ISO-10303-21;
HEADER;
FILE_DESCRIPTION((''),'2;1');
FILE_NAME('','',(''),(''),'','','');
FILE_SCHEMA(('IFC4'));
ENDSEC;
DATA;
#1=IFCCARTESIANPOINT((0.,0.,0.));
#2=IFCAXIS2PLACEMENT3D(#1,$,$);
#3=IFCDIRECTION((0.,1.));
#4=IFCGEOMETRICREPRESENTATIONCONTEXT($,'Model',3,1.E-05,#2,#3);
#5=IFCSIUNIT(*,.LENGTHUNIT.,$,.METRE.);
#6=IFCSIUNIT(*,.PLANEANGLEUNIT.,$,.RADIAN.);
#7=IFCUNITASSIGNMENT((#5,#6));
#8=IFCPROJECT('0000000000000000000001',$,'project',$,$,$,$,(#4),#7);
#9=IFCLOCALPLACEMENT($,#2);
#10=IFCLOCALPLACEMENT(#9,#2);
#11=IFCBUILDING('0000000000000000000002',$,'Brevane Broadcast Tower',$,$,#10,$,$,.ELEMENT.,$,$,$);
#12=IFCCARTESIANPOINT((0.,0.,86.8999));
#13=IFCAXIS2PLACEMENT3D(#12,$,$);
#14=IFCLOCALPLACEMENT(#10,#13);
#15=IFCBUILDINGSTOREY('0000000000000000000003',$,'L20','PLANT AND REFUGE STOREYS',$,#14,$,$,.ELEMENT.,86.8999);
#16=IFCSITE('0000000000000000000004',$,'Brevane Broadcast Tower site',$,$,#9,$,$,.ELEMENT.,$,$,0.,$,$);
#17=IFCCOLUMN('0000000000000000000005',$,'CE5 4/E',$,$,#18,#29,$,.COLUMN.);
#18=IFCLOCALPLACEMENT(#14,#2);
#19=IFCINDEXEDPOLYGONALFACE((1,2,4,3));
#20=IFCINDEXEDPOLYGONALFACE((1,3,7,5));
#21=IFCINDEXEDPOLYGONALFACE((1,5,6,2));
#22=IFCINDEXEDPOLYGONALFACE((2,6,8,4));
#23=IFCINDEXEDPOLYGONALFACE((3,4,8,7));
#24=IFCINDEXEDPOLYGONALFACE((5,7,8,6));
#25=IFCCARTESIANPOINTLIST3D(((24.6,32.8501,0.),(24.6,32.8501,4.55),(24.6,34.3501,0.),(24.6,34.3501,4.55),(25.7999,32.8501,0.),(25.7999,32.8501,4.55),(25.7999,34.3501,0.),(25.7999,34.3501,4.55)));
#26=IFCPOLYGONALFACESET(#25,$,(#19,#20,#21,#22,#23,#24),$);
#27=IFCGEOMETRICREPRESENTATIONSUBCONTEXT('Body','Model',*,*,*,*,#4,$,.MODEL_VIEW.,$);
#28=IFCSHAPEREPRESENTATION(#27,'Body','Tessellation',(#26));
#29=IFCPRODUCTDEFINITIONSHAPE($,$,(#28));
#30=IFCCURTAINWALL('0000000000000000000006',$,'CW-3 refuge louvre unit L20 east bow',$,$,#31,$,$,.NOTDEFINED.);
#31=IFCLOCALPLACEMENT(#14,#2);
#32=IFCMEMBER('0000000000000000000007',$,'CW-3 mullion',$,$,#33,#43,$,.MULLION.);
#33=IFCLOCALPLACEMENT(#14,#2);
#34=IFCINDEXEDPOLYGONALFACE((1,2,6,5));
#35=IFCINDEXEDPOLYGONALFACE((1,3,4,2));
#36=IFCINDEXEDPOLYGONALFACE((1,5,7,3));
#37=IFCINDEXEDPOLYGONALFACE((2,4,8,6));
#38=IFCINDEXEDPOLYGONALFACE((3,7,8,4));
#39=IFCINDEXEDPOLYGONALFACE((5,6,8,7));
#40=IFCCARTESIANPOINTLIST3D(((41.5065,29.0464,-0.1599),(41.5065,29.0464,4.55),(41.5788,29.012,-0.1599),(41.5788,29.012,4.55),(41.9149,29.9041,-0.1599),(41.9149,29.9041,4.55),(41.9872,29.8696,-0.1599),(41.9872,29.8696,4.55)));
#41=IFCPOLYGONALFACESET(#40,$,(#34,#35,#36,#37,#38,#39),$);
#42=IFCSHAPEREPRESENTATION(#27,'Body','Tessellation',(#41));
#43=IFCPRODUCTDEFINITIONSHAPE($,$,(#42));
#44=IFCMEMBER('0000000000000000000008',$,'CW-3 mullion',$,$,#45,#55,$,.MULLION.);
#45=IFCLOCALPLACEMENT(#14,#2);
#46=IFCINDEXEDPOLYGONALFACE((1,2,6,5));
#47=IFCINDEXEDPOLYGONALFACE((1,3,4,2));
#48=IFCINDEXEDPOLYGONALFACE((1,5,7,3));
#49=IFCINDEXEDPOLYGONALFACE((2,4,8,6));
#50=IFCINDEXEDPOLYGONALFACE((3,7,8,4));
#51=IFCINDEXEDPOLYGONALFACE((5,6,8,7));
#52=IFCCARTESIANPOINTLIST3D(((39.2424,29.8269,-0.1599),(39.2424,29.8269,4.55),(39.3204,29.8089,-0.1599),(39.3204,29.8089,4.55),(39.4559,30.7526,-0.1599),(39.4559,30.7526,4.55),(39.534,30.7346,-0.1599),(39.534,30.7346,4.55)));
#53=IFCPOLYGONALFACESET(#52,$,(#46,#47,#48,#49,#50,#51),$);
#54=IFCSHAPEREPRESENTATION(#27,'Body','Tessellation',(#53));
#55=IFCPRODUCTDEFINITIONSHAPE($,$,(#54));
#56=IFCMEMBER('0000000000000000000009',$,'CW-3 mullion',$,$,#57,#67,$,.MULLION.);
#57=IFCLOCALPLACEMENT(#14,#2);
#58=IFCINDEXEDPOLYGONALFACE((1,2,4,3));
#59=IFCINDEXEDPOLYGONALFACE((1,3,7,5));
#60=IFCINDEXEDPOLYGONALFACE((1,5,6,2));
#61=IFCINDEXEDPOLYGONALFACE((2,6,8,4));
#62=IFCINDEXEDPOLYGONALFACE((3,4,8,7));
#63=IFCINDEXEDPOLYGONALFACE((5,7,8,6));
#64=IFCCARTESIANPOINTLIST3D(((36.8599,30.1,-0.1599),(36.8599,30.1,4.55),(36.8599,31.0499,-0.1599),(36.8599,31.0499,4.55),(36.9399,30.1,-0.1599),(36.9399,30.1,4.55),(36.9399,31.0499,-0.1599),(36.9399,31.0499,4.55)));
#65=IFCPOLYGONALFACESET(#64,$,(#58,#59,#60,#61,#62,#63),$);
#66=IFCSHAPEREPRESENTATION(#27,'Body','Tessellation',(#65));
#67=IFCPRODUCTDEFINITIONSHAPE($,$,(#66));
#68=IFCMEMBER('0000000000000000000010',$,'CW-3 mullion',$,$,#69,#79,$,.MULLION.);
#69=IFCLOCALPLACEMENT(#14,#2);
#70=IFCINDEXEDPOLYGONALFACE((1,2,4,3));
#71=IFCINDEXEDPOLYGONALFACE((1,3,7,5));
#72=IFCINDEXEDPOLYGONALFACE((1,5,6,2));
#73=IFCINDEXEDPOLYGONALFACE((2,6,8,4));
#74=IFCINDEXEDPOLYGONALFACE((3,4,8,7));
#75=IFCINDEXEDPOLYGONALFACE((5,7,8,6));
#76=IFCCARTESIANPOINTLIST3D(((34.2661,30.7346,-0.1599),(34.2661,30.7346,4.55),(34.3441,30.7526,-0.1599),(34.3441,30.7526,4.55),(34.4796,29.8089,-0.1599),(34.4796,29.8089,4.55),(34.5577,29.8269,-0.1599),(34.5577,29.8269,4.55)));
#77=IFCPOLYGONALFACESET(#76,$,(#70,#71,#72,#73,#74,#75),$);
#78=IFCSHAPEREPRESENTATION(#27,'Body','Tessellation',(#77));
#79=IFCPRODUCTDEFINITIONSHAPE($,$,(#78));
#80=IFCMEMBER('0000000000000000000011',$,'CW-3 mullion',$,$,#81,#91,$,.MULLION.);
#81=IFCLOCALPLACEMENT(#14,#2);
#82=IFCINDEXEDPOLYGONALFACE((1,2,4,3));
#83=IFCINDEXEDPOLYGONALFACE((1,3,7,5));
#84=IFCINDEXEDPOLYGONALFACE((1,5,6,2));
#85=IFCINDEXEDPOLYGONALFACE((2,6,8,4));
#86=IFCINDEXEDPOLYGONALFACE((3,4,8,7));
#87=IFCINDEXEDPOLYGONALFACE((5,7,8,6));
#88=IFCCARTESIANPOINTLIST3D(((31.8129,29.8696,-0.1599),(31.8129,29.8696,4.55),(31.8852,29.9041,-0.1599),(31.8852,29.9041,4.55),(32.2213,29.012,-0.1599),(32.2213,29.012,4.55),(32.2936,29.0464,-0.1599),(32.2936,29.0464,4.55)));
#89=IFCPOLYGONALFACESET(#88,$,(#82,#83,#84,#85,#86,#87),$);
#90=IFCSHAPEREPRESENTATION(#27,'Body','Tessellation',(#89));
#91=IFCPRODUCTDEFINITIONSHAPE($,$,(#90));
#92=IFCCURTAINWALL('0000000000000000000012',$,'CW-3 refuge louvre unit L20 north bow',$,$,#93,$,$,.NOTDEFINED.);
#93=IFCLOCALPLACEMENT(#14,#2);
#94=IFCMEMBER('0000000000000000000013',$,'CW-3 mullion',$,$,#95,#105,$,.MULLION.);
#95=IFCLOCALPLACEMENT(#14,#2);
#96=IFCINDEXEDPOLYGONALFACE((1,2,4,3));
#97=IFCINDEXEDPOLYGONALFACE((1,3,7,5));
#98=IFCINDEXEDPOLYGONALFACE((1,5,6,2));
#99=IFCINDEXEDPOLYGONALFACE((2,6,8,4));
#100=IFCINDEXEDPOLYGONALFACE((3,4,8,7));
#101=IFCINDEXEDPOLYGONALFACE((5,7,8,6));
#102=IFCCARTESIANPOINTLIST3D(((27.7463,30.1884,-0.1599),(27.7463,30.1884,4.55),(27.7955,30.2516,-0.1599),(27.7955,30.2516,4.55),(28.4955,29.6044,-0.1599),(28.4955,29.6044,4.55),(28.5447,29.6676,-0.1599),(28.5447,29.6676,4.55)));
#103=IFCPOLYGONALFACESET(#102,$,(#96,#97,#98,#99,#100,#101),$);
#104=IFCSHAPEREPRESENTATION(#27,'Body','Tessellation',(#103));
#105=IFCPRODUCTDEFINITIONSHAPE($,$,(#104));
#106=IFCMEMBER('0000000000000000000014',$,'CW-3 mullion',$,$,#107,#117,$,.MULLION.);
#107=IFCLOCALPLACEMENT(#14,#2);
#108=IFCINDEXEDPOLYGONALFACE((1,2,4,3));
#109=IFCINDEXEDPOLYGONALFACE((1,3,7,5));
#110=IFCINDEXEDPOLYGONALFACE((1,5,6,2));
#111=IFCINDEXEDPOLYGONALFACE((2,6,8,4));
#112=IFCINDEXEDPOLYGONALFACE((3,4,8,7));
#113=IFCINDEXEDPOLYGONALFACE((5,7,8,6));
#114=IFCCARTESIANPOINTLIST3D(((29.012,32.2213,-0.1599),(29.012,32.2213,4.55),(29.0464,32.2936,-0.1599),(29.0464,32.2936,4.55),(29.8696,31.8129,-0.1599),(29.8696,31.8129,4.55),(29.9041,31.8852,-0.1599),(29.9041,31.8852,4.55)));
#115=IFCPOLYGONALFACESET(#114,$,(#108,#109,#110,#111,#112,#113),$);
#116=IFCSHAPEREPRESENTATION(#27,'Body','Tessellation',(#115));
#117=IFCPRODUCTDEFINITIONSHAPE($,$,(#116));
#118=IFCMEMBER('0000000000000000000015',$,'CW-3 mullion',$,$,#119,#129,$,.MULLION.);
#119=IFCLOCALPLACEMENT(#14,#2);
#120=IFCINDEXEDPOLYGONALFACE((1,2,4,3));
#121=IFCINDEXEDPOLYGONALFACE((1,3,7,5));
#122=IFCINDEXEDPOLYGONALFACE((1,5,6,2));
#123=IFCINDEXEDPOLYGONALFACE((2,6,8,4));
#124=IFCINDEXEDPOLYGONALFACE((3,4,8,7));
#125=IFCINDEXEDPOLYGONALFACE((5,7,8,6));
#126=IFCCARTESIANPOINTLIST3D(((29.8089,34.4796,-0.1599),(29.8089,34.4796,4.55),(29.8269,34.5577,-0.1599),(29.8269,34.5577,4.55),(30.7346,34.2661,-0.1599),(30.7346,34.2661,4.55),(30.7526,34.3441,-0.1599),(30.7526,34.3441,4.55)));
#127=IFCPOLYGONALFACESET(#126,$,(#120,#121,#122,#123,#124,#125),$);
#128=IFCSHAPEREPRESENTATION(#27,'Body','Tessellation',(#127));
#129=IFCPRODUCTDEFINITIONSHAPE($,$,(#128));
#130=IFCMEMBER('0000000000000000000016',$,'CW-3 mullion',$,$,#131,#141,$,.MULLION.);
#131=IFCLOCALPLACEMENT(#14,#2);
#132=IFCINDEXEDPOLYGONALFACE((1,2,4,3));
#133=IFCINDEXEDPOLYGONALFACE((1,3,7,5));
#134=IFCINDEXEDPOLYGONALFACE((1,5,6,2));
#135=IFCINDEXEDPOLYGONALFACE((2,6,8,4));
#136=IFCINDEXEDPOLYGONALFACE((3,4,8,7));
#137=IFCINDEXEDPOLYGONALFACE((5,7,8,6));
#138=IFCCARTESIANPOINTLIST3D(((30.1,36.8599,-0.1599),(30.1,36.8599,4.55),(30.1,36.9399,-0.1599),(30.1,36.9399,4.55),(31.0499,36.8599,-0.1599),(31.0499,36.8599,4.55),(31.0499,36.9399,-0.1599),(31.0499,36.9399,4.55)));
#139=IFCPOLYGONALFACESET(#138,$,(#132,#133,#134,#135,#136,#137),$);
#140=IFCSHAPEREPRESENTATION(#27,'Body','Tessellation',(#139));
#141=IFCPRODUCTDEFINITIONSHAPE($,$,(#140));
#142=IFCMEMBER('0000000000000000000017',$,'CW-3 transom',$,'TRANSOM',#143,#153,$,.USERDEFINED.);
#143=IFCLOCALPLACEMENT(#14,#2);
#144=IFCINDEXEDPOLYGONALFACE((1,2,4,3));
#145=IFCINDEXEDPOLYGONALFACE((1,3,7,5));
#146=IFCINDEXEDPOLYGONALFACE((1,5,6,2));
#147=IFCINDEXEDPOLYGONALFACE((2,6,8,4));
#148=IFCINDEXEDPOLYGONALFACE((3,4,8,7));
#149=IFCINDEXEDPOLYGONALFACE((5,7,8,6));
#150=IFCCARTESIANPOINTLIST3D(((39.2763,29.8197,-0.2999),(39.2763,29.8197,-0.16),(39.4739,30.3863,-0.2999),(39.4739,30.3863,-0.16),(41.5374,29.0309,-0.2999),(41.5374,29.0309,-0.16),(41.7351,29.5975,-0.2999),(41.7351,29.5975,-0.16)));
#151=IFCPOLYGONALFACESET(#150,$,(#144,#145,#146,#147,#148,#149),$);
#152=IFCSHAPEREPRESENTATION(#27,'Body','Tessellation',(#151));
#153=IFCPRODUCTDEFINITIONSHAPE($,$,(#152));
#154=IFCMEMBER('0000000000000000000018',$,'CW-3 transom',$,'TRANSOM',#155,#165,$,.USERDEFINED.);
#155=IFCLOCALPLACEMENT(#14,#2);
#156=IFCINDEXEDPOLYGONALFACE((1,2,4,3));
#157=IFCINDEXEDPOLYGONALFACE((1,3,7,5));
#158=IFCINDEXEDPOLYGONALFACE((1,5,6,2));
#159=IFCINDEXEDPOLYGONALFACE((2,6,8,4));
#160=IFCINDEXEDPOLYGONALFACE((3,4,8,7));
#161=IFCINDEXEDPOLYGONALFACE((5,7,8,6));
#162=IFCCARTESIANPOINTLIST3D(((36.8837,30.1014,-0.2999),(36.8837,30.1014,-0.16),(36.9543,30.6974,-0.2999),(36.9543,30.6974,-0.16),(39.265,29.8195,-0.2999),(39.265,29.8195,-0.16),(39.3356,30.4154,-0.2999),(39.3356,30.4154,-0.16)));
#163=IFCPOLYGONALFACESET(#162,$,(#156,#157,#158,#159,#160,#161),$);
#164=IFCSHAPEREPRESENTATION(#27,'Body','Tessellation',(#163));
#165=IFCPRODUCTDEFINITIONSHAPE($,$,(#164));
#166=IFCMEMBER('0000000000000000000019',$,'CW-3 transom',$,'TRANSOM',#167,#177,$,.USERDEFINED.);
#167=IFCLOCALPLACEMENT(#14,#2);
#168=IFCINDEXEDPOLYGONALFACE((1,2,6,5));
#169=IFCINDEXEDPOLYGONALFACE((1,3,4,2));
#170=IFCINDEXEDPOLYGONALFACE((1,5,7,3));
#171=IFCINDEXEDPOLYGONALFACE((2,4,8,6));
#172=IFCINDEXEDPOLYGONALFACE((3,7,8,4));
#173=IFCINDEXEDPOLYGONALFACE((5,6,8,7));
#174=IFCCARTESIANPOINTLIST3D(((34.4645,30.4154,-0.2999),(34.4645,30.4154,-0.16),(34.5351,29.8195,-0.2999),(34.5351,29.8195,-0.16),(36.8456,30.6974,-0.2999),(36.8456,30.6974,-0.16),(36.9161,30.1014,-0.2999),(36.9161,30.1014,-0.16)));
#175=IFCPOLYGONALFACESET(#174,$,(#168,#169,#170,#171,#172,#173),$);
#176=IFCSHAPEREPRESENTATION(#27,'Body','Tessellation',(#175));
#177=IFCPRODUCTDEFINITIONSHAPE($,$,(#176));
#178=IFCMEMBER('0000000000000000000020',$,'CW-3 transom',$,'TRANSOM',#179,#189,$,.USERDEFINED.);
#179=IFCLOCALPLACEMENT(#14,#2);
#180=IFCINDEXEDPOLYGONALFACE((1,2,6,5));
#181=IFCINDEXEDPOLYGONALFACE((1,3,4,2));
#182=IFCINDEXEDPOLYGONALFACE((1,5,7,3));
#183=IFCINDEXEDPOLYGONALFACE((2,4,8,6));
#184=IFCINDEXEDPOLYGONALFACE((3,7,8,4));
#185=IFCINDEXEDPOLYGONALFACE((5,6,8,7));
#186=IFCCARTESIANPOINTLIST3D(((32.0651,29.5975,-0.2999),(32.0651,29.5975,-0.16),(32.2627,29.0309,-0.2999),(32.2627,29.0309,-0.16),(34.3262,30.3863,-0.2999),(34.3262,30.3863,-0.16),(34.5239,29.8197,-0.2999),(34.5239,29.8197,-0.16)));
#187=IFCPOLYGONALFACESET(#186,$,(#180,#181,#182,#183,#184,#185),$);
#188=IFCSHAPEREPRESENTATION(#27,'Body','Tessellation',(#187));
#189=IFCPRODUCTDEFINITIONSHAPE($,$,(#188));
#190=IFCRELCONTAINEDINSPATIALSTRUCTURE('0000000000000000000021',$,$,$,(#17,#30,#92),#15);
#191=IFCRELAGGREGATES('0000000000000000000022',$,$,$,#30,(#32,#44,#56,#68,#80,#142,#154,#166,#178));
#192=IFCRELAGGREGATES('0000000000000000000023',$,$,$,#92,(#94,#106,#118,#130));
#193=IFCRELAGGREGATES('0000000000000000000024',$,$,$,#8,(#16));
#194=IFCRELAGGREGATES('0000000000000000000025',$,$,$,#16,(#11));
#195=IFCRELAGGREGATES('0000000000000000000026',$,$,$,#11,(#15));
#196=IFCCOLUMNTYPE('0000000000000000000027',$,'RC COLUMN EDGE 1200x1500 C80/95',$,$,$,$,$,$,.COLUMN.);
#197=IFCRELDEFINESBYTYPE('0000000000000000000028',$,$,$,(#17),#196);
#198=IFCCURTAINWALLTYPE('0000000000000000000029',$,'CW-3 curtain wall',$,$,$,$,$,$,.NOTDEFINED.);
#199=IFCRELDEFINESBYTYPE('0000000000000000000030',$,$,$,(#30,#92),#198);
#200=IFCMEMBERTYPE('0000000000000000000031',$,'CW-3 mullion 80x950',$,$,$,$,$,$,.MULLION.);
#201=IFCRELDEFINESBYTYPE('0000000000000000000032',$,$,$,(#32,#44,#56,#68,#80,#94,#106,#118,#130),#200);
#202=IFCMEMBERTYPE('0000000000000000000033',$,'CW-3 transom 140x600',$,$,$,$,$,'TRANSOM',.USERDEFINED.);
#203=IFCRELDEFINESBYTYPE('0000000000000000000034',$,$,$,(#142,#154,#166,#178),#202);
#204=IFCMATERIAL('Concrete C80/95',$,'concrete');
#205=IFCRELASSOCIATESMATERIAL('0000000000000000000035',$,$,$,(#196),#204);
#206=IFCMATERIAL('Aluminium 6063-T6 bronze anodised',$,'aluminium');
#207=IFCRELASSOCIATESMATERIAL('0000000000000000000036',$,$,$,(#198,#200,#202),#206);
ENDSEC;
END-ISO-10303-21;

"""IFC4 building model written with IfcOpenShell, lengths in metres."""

from ifc_helpers import new_model, si_unit, direction, frame, origin, origin_2d, place, context, subcontext, project, spatial, rectangle, extrude, material, material_profile, profile_set, type_object, element, aggregate, save


model = new_model("IFC4")

# Units and contexts
model_context = context("Model", 3, precision=1e-05, world=origin(), true_north=direction((0.0, 1.0)))
body_context = subcontext(model_context, "Body", "Model", "MODEL_VIEW")
ifc_project = project(units=[si_unit("LENGTHUNIT", "METRE"), si_unit("PLANEANGLEUNIT", "RADIAN")], contexts=[model_context])

# Site, building, storey
site_placement = place(None, origin())
site = spatial("IfcSite", under=ifc_project, at=site_placement, Name="Brevane Broadcast Tower site", CompositionType="ELEMENT", RefElevation=0.0)
building_placement = place(site_placement, origin())
building = spatial("IfcBuilding", under=site, at=building_placement, Name="Brevane Broadcast Tower", CompositionType="ELEMENT")
storey_placement = place(building_placement, frame((0.0, 0.0, 86.8999)))
storey = spatial("IfcBuildingStorey", under=building, at=storey_placement, Name="L20", Description="PLANT AND REFUGE STOREYS", CompositionType="ELEMENT", Elevation=86.8999)

# Column
ifc_material_1 = material(Name="Concrete C80/95", Category="concrete")
ifc_material_profile_1 = material_profile(ifc_material_1, rectangle(XDim=1.2, YDim=1.5, at=origin_2d()), Name="RC 1200x1500")
ifc_profile_set_1 = profile_set([ifc_material_profile_1], Name="Concrete C80/95")
column_type = type_object("IfcColumnType", Name="RC COLUMN EDGE 1200x1500 C80/95", PredefinedType="COLUMN", material=ifc_profile_set_1)
column_placement = place(storey_placement, frame((25.2, 33.6001, 0.0), z_axis=(0.0, 0.0, 1.0), x_axis=(1.0, 0.0, 0.0)))
element("IfcColumn", 1, at=column_placement, inside=storey, type_object=column_type, Name="CE5 4/E", PredefinedType="COLUMN", context=body_context, shape_type="SweptSolid", body=[
    extrude(rectangle(XDim=1.2, YDim=1.5, at=origin_2d()), origin(), (0.0, 0.0, 1.0), 4.55),
])

# Curtain walls, members
ifc_material_2 = material(Name="Aluminium 6063-T6 bronze anodised", Category="aluminium")
curtain_wall_type = type_object("IfcCurtainWallType", Name="CW-3 curtain wall", PredefinedType="NOTDEFINED", material=ifc_material_2)
curtain_wall_1_placement = place(storey_placement, origin())
curtain_wall_1 = element("IfcCurtainWall", 2, at=curtain_wall_1_placement, inside=storey, type_object=curtain_wall_type, Name="CW-3 refuge louvre unit L20 east bow", PredefinedType="NOTDEFINED")
ifc_material_profile_2 = material_profile(ifc_material_2, rectangle(XDim=0.95, YDim=0.0801, at=origin_2d()), Name="RECT 80x950")
ifc_profile_set_2 = profile_set([ifc_material_profile_2], Name="Aluminium 6063-T6 bronze anodised")
member_type_1 = type_object("IfcMemberType", Name="CW-3 mullion 80x950", PredefinedType="MULLION", material=ifc_profile_set_2)
member_1_placement = place(storey_placement, frame((41.7468, 29.458, -0.1599), z_axis=(0.0, 0.0, 1.0), x_axis=(-0.429934, -0.902861, 0.0)))
member_1 = element("IfcMember", 3, at=member_1_placement, type_object=member_type_1, Name="CW-3 mullion", PredefinedType="MULLION", context=body_context, shape_type="SweptSolid", body=[
    extrude(rectangle(XDim=0.95, YDim=0.0801, at=origin_2d()), origin(), (0.0, 0.0, 1.0), 4.71),
])
member_2_placement = place(storey_placement, frame((39.3882, 30.2808, -0.1599), z_axis=(0.0, 0.0, 1.0), x_axis=(-0.224806, -0.974403, 0.0)))
member_2 = element("IfcMember", 4, at=member_2_placement, type_object=member_type_1, Name="CW-3 mullion", PredefinedType="MULLION", context=body_context, shape_type="SweptSolid", body=[
    extrude(rectangle(XDim=0.95, YDim=0.0801, at=origin_2d()), origin(), (0.0, 0.0, 1.0), 4.71),
])
member_3_placement = place(storey_placement, frame((36.8999, 30.575, -0.1599), z_axis=(0.0, 0.0, 1.0), x_axis=(0.0, -1.0, 0.0)))
member_3 = element("IfcMember", 5, at=member_3_placement, type_object=member_type_1, Name="CW-3 mullion", PredefinedType="MULLION", context=body_context, shape_type="SweptSolid", body=[
    extrude(rectangle(XDim=0.95, YDim=0.0801, at=origin_2d()), origin(), (0.0, 0.0, 1.0), 4.71),
])
member_4_placement = place(storey_placement, frame((34.4119, 30.2808, -0.1599), z_axis=(0.0, 0.0, 1.0), x_axis=(0.224806, -0.974403, 0.0)))
member_4 = element("IfcMember", 6, at=member_4_placement, type_object=member_type_1, Name="CW-3 mullion", PredefinedType="MULLION", context=body_context, shape_type="SweptSolid", body=[
    extrude(rectangle(XDim=0.95, YDim=0.0801, at=origin_2d()), origin(), (0.0, 0.0, 1.0), 4.71),
])
member_5_placement = place(storey_placement, frame((32.0532, 29.458, -0.1599), z_axis=(0.0, 0.0, 1.0), x_axis=(0.429934, -0.902861, 0.0)))
member_5 = element("IfcMember", 7, at=member_5_placement, type_object=member_type_1, Name="CW-3 mullion", PredefinedType="MULLION", context=body_context, shape_type="SweptSolid", body=[
    extrude(rectangle(XDim=0.95, YDim=0.0801, at=origin_2d()), origin(), (0.0, 0.0, 1.0), 4.71),
])
curtain_wall_2_placement = place(storey_placement, origin())
curtain_wall_2 = element("IfcCurtainWall", 8, at=curtain_wall_2_placement, inside=storey, type_object=curtain_wall_type, Name="CW-3 refuge louvre unit L20 north bow", PredefinedType="NOTDEFINED")
member_6_placement = place(storey_placement, frame((28.1455, 29.928, -0.1599), z_axis=(0.0, 0.0, 1.0), x_axis=(-0.788707, 0.61477, 0.0)))
member_6 = element("IfcMember", 9, at=member_6_placement, type_object=member_type_1, Name="CW-3 mullion", PredefinedType="MULLION", context=body_context, shape_type="SweptSolid", body=[
    extrude(rectangle(XDim=0.95, YDim=0.0801, at=origin_2d()), origin(), (0.0, 0.0, 1.0), 4.71),
])
member_7_placement = place(storey_placement, frame((29.458, 32.0532, -0.1599), z_axis=(0.0, 0.0, 1.0), x_axis=(-0.902861, 0.429934, 0.0)))
member_7 = element("IfcMember", 10, at=member_7_placement, type_object=member_type_1, Name="CW-3 mullion", PredefinedType="MULLION", context=body_context, shape_type="SweptSolid", body=[
    extrude(rectangle(XDim=0.95, YDim=0.0801, at=origin_2d()), origin(), (0.0, 0.0, 1.0), 4.71),
])
member_8_placement = place(storey_placement, frame((30.2808, 34.4119, -0.1599), z_axis=(0.0, 0.0, 1.0), x_axis=(-0.974403, 0.224806, 0.0)))
member_8 = element("IfcMember", 11, at=member_8_placement, type_object=member_type_1, Name="CW-3 mullion", PredefinedType="MULLION", context=body_context, shape_type="SweptSolid", body=[
    extrude(rectangle(XDim=0.95, YDim=0.0801, at=origin_2d()), origin(), (0.0, 0.0, 1.0), 4.71),
])
member_9_placement = place(storey_placement, frame((30.575, 36.8999, -0.1599), z_axis=(0.0, 0.0, 1.0), x_axis=(-1.0, 0.0, 0.0)))
member_9 = element("IfcMember", 12, at=member_9_placement, type_object=member_type_1, Name="CW-3 mullion", PredefinedType="MULLION", context=body_context, shape_type="SweptSolid", body=[
    extrude(rectangle(XDim=0.95, YDim=0.0801, at=origin_2d()), origin(), (0.0, 0.0, 1.0), 4.71),
])

# Members
ifc_material_profile_3 = material_profile(ifc_material_2, rectangle(XDim=0.6001, YDim=0.1399, at=origin_2d()), Name="RECT 140x600")
ifc_profile_set_3 = profile_set([ifc_material_profile_3], Name="Aluminium 6063-T6 bronze anodised")
member_type_2 = type_object("IfcMemberType", Name="CW-3 transom 140x600", ElementType="TRANSOM", PredefinedType="USERDEFINED", material=ifc_profile_set_3)
member_10_placement = place(storey_placement, frame((41.6362, 29.3142, -0.23), z_axis=(-0.944198, 0.329378, 0.0), x_axis=(-0.329378, -0.944198, 0.0)))
member_10 = element("IfcMember", 13, at=member_10_placement, type_object=member_type_2, Name="CW-3 transom", ObjectType="TRANSOM", PredefinedType="USERDEFINED", context=body_context, shape_type="SweptSolid", body=[
    extrude(rectangle(XDim=0.6001, YDim=0.1399, at=origin_2d()), origin(), (0.0, 0.0, 1.0), 2.3948),
])
member_11_placement = place(storey_placement, frame((39.3003, 30.1174, -0.23), z_axis=(-0.993062, 0.117591, 0.0), x_axis=(-0.117591, -0.993062, 0.0)))
member_11 = element("IfcMember", 14, at=member_11_placement, type_object=member_type_2, Name="CW-3 transom", ObjectType="TRANSOM", PredefinedType="USERDEFINED", context=body_context, shape_type="SweptSolid", body=[
    extrude(rectangle(XDim=0.6001, YDim=0.1399, at=origin_2d()), origin(), (0.0, 0.0, 1.0), 2.3979),
])
member_12_placement = place(storey_placement, frame((36.8809, 30.3994, -0.23), z_axis=(-0.993061, -0.117603, 0.0), x_axis=(0.117603, -0.993061, 0.0)))
member_12 = element("IfcMember", 15, at=member_12_placement, type_object=member_type_2, Name="CW-3 transom", ObjectType="TRANSOM", PredefinedType="USERDEFINED", context=body_context, shape_type="SweptSolid", body=[
    extrude(rectangle(XDim=0.6001, YDim=0.1399, at=origin_2d()), origin(), (0.0, 0.0, 1.0), 2.3977),
])
member_13_placement = place(storey_placement, frame((34.425, 30.103, -0.23), z_axis=(-0.944198, -0.329378, 0.0), x_axis=(0.329378, -0.944198, 0.0)))
member_13 = element("IfcMember", 16, at=member_13_placement, type_object=member_type_2, Name="CW-3 transom", ObjectType="TRANSOM", PredefinedType="USERDEFINED", context=body_context, shape_type="SweptSolid", body=[
    extrude(rectangle(XDim=0.6001, YDim=0.1399, at=origin_2d()), origin(), (0.0, 0.0, 1.0), 2.3948),
])
aggregate(curtain_wall_1, [member_1, member_2, member_3, member_4, member_5, member_10, member_11, member_12, member_13])
aggregate(curtain_wall_2, [member_6, member_7, member_8, member_9])

save(model, "model.ifc")
